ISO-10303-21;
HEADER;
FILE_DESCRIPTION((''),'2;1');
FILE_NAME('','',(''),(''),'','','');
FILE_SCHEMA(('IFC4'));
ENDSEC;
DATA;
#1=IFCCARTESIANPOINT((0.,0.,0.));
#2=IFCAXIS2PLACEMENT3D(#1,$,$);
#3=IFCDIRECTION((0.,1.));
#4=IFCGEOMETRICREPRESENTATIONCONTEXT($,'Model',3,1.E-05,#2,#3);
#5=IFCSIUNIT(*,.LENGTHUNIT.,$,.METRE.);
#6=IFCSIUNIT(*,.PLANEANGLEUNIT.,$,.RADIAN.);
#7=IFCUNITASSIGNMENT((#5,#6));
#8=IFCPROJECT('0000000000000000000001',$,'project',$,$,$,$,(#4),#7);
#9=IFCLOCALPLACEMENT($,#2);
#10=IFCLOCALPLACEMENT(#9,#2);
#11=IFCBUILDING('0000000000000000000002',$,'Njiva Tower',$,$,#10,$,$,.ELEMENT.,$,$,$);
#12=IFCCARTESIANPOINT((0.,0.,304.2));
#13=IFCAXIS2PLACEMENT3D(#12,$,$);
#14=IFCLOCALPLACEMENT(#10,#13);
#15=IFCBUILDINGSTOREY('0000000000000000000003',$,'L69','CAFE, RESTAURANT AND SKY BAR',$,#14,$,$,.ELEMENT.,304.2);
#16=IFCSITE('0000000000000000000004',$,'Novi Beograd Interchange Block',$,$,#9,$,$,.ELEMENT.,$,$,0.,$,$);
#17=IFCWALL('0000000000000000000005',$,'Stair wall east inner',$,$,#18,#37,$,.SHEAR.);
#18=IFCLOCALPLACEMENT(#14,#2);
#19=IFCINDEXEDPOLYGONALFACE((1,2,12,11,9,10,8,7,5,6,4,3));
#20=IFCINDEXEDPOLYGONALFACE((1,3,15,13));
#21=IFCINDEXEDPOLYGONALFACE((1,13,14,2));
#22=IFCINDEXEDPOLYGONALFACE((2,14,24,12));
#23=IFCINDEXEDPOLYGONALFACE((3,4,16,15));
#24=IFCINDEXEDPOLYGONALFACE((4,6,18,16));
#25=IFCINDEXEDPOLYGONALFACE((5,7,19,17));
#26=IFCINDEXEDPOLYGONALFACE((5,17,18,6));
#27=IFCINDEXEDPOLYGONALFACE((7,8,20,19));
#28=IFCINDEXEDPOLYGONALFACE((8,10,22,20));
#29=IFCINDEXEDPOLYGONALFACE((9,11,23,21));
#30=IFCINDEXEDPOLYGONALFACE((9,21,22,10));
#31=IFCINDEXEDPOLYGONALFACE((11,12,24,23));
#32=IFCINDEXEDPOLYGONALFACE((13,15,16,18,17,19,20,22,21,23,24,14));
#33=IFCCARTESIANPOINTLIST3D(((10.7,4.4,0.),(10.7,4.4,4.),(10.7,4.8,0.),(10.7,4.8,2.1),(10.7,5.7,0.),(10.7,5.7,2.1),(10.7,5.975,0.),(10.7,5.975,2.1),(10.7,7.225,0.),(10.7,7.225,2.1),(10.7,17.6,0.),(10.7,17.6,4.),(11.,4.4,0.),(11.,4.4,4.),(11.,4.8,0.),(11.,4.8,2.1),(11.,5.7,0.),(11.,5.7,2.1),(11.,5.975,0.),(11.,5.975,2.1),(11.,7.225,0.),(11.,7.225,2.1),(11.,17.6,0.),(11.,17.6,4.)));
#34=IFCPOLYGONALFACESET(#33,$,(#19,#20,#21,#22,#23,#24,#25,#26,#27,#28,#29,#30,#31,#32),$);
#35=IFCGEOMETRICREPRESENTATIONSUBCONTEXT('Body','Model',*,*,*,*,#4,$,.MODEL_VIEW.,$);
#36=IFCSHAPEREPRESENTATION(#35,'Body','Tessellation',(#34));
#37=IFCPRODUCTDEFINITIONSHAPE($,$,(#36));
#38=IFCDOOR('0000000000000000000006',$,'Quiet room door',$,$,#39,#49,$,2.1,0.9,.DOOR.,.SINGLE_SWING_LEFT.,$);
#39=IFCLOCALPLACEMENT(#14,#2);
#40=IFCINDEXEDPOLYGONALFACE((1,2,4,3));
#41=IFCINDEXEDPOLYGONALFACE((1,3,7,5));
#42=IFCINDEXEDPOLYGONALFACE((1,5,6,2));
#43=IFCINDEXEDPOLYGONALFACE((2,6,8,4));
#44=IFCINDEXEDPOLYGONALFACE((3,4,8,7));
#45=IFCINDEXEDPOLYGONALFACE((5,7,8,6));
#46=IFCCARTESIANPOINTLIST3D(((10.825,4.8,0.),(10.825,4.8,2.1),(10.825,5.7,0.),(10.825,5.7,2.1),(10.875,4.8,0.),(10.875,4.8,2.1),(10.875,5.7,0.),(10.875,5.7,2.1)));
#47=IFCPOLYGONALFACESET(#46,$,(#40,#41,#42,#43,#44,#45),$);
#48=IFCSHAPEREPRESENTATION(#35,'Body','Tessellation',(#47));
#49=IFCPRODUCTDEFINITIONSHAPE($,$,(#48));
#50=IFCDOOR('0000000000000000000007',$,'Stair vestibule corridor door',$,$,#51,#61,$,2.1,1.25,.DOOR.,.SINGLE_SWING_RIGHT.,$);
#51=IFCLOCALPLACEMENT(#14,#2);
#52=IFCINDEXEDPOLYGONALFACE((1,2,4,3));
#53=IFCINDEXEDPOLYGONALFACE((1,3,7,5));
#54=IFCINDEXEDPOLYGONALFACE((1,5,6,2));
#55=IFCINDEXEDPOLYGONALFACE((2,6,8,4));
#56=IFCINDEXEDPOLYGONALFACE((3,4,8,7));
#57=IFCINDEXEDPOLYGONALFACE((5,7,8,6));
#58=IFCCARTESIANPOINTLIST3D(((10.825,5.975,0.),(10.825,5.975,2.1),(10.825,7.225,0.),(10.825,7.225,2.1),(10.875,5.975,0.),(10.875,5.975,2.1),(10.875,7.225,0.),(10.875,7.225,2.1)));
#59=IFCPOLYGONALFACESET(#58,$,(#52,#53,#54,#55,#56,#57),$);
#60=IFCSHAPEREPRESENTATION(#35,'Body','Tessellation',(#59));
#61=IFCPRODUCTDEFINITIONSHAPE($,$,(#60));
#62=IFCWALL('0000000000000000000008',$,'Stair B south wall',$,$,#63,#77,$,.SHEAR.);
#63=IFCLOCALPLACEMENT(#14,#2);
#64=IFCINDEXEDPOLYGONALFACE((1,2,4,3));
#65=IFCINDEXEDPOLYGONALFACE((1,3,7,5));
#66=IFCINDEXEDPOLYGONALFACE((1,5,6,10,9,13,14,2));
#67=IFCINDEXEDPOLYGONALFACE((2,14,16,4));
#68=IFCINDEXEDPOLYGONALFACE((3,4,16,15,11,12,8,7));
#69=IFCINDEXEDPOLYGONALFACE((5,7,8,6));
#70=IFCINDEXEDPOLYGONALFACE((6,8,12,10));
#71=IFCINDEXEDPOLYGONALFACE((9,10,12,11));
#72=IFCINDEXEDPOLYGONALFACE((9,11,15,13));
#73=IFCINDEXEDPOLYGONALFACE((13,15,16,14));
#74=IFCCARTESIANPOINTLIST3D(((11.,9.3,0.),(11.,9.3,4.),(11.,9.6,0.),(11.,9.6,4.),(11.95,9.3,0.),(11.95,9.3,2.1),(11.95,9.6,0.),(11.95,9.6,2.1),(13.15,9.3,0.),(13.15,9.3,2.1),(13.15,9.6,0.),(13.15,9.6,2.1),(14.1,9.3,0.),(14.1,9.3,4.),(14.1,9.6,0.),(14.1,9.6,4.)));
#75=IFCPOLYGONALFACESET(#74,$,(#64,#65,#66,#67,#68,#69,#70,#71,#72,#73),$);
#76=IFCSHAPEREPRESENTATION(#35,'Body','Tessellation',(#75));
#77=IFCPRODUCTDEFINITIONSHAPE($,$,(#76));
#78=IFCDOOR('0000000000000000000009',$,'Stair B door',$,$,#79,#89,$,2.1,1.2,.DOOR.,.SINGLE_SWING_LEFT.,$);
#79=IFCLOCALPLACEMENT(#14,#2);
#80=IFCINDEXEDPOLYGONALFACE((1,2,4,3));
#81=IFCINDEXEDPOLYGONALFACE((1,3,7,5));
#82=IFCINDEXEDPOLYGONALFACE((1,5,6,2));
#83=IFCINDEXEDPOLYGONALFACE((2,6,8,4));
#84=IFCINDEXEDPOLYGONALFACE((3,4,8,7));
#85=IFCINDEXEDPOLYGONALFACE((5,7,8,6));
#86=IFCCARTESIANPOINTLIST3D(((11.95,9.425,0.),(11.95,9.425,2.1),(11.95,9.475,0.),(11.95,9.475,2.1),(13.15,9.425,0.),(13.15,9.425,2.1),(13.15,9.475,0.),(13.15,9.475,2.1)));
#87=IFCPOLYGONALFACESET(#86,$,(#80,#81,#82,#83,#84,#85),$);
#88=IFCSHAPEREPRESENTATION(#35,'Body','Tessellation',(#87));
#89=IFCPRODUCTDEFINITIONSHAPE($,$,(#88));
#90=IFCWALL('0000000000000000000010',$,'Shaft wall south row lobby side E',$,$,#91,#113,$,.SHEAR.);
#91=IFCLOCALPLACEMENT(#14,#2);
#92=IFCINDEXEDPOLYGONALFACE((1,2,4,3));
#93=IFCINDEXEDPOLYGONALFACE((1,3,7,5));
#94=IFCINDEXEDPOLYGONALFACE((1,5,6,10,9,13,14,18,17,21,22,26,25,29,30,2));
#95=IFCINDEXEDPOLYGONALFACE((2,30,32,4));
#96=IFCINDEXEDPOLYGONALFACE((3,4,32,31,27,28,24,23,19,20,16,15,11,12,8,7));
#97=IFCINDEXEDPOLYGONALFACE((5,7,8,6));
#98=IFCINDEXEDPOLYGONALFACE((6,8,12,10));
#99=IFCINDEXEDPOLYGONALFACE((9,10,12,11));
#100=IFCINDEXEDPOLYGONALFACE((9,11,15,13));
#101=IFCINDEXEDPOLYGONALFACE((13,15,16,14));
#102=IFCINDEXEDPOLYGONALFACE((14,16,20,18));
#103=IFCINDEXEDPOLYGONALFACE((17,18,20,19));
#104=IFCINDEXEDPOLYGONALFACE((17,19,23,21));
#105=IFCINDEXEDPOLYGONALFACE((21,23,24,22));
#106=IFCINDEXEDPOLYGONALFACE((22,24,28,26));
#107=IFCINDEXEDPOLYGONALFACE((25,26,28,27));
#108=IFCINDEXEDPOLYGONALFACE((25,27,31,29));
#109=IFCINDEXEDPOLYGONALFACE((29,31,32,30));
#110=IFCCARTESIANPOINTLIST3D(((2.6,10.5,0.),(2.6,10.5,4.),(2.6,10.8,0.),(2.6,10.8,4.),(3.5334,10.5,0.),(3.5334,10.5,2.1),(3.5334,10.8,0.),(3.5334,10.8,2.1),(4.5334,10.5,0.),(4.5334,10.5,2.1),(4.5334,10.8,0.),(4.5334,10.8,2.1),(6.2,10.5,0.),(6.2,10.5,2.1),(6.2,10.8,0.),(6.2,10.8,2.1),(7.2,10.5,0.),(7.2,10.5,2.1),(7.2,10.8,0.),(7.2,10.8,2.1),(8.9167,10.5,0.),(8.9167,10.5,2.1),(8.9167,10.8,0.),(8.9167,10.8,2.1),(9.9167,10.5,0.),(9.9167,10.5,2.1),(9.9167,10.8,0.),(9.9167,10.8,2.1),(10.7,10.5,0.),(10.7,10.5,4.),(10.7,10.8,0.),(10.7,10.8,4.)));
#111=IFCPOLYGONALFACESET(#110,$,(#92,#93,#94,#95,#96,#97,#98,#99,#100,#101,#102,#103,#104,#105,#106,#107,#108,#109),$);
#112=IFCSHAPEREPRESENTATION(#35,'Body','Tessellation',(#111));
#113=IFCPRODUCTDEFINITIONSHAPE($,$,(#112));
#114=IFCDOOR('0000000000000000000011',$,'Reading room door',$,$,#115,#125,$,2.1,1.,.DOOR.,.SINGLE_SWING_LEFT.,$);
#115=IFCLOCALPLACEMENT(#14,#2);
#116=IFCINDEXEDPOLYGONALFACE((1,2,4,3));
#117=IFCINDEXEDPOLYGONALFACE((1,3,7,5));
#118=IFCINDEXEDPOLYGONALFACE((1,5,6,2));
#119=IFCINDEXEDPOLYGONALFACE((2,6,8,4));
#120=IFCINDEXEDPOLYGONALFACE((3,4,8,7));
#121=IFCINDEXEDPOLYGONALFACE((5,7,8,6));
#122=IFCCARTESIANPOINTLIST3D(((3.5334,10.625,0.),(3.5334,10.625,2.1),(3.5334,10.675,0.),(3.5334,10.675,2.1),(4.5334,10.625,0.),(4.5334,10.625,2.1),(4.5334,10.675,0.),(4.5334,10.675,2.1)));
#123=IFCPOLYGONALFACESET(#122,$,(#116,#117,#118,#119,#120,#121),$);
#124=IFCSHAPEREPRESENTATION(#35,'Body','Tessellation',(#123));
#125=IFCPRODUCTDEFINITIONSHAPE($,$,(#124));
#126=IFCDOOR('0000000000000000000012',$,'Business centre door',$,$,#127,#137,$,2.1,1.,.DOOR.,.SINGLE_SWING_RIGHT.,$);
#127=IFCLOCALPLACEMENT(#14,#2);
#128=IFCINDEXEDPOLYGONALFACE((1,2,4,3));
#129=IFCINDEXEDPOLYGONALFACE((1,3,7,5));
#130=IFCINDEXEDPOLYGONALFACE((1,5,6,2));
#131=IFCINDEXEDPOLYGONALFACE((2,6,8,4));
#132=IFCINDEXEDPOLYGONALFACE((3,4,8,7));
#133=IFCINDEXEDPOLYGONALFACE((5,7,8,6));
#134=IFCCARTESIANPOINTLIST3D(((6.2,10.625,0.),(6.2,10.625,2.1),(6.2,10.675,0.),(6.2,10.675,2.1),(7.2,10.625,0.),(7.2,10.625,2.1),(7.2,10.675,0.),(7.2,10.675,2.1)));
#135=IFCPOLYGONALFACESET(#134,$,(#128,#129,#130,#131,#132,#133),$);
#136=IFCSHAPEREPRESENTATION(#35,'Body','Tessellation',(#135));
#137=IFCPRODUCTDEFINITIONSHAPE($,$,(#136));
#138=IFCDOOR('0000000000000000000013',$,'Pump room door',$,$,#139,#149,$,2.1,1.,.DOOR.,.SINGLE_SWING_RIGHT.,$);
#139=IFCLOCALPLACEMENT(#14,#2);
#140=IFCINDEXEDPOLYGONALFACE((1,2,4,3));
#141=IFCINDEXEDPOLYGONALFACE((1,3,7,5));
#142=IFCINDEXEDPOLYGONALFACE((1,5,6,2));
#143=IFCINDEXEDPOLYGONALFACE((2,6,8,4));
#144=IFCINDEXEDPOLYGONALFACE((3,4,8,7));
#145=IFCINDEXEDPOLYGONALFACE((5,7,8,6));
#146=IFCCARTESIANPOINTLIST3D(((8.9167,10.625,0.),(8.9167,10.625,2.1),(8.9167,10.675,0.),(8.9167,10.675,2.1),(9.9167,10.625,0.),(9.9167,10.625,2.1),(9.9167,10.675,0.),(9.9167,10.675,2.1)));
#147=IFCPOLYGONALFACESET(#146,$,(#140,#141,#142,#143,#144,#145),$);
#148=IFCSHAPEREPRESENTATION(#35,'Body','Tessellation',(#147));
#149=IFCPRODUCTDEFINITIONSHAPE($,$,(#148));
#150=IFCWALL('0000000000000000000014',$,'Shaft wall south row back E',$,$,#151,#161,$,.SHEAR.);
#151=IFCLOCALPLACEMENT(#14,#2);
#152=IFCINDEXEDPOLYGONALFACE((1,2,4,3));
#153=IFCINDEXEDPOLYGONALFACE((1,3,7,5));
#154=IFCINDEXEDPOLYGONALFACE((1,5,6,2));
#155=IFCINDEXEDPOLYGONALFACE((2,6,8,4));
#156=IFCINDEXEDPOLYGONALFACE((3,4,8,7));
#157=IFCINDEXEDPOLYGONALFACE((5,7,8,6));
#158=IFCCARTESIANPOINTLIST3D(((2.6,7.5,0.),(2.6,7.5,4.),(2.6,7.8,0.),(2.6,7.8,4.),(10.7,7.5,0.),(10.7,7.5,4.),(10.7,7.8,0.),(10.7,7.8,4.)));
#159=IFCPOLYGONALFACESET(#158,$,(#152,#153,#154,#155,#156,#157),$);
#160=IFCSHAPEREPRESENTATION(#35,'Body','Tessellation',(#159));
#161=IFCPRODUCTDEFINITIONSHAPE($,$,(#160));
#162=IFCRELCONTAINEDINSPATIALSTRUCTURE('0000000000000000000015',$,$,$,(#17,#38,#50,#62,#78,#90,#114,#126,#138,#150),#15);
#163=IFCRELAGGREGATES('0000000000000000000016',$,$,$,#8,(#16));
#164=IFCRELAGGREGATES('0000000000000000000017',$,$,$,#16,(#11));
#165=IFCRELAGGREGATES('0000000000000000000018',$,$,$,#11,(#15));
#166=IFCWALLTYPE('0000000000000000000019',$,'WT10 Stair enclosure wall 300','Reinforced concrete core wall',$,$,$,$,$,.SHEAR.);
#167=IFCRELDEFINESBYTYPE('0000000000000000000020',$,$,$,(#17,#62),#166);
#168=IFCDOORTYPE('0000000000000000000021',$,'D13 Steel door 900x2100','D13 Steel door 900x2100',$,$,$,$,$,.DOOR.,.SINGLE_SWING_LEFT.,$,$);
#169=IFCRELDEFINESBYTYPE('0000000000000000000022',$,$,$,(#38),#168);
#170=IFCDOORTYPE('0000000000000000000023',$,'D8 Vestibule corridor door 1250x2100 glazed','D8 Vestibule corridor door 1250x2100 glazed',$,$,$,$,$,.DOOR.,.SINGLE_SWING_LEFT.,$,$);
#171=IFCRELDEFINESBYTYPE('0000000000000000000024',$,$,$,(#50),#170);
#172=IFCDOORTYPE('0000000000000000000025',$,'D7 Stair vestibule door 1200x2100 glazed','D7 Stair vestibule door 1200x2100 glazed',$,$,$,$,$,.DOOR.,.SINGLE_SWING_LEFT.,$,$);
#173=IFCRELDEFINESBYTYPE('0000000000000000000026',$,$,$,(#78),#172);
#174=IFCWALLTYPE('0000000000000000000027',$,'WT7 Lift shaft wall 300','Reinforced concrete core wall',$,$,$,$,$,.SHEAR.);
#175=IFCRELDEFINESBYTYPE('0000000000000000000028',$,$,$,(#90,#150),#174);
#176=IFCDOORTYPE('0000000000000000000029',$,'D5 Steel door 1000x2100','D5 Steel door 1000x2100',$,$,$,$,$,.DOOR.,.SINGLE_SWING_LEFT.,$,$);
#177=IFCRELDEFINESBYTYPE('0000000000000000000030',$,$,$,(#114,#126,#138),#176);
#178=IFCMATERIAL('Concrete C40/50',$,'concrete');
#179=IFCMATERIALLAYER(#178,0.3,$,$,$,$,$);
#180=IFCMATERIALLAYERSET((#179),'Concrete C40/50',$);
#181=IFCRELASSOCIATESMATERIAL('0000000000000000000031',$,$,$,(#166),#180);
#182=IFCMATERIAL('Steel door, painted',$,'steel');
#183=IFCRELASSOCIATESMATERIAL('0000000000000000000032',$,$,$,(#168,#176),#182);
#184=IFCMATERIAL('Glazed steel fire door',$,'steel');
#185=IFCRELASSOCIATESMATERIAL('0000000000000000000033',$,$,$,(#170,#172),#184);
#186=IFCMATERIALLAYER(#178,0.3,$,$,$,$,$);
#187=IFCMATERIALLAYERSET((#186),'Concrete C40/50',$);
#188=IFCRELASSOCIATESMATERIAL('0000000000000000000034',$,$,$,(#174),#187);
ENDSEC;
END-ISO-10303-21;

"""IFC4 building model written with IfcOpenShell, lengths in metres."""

from ifc_helpers import new_model, si_unit, direction, frame, frame_2d, origin, place, context, subcontext, project, spatial, rectangle, extrude, material, layer, layer_set, type_object, element, fill, save


model = new_model("IFC4")

# Units and contexts
model_context = context("Model", 3, precision=1e-05, world=origin(), true_north=direction((0.0, 1.0)))
body_context = subcontext(model_context, "Body", "Model", "MODEL_VIEW")
ifc_project = project(units=[si_unit("LENGTHUNIT", "METRE"), si_unit("PLANEANGLEUNIT", "RADIAN")], contexts=[model_context])

# Site, building, storey
site_placement = place(None, origin())
site = spatial("IfcSite", under=ifc_project, at=site_placement, Name="Novi Beograd Interchange Block", CompositionType="ELEMENT", RefElevation=0.0)
building_placement = place(site_placement, origin())
building = spatial("IfcBuilding", under=site, at=building_placement, Name="Njiva Tower", CompositionType="ELEMENT")
storey_placement = place(building_placement, frame((0.0, 0.0, 304.2)))
storey = spatial("IfcBuildingStorey", under=building, at=storey_placement, Name="L69", Description="CAFE, RESTAURANT AND SKY BAR", CompositionType="ELEMENT", Elevation=304.2)

# Wall, openings, doors
ifc_material_1 = material(Name="Concrete C40/50", Category="concrete")
ifc_layer_1 = layer(ifc_material_1, 0.3)
ifc_layer_set_1 = layer_set([ifc_layer_1], Name="Concrete C40/50")
wall_type_1 = type_object("IfcWallType", Name="WT10 Stair enclosure wall 300", Description="Reinforced concrete core wall", PredefinedType="SHEAR", material=ifc_layer_set_1)
wall_1_placement = place(storey_placement, frame((10.85, 4.4, 0.0), z_axis=(0.0, 0.0, 1.0), x_axis=(0.0, 1.0, 0.0)))
wall_1 = element("IfcWall", 1, at=wall_1_placement, inside=storey, type_object=wall_type_1, Name="Stair wall east inner", PredefinedType="SHEAR", context=body_context, shape_type="SweptSolid", body=[
    extrude(rectangle(XDim=13.2, YDim=0.3, at=frame_2d((6.6, 0.0))), origin(), (0.0, 0.0, 1.0), 4.0),
])
opening_1_placement = place(wall_1_placement, frame((1.575, 0.0, 0.0)))
opening_1 = element("IfcOpeningElement", 2, at=opening_1_placement, cuts=wall_1, PredefinedType="OPENING", context=body_context, shape_type="SweptSolid", body=[
    extrude(rectangle(XDim=1.25, YDim=2.1, at=frame_2d((0.625, 1.05))), frame((0.0, 0.16, 0.0), z_axis=(0.0, -1.0, 0.0), x_axis=(1.0, 0.0, 0.0)), (0.0, 0.0, 1.0), 0.32),
])
opening_2_placement = place(wall_1_placement, frame((0.4, 0.0, 0.0)))
opening_2 = element("IfcOpeningElement", 3, at=opening_2_placement, cuts=wall_1, PredefinedType="OPENING", context=body_context, shape_type="SweptSolid", body=[
    extrude(rectangle(XDim=0.9, YDim=2.1, at=frame_2d((0.45, 1.05))), frame((0.0, 0.16, 0.0), z_axis=(0.0, -1.0, 0.0), x_axis=(1.0, 0.0, 0.0)), (0.0, 0.0, 1.0), 0.32),
])
ifc_material_2 = material(Name="Steel door, painted", Category="steel")
door_type_1 = type_object("IfcDoorType", Name="D13 Steel door 900x2100", Description="D13 Steel door 900x2100", OperationType="SINGLE_SWING_LEFT", PredefinedType="DOOR", material=ifc_material_2)
door_1_placement = place(opening_2_placement, origin())
door_1 = element("IfcDoor", 4, at=door_1_placement, inside=storey, type_object=door_type_1, Name="Quiet room door", OperationType="SINGLE_SWING_LEFT", OverallHeight=2.1, OverallWidth=0.9, PredefinedType="DOOR", context=body_context, shape_type="SweptSolid", body=[
    extrude(rectangle(XDim=0.9, YDim=2.1, at=frame_2d((0.45, 1.05))), frame((0.0, 0.025, 0.0), z_axis=(0.0, -1.0, 0.0), x_axis=(1.0, 0.0, 0.0)), (0.0, 0.0, 1.0), 0.05),
])
fill(opening_2, door_1)
ifc_material_3 = material(Name="Glazed steel fire door", Category="steel")
door_type_2 = type_object("IfcDoorType", Name="D8 Vestibule corridor door 1250x2100 glazed", Description="D8 Vestibule corridor door 1250x2100 glazed", OperationType="SINGLE_SWING_LEFT", PredefinedType="DOOR", material=ifc_material_3)
door_2_placement = place(opening_1_placement, origin())
door_2 = element("IfcDoor", 5, at=door_2_placement, inside=storey, type_object=door_type_2, Name="Stair vestibule corridor door", OperationType="SINGLE_SWING_RIGHT", OverallHeight=2.1, OverallWidth=1.25, PredefinedType="DOOR", context=body_context, shape_type="SweptSolid", body=[
    extrude(rectangle(XDim=1.25, YDim=2.1, at=frame_2d((0.625, 1.05))), frame((0.0, 0.025, 0.0), z_axis=(0.0, -1.0, 0.0), x_axis=(1.0, 0.0, 0.0)), (0.0, 0.0, 1.0), 0.05),
])
fill(opening_1, door_2)

# Wall, opening, door
wall_2_placement = place(storey_placement, frame((11.0, 9.45, 0.0), z_axis=(0.0, 0.0, 1.0), x_axis=(1.0, 0.0, 0.0)))
wall_2 = element("IfcWall", 6, at=wall_2_placement, inside=storey, type_object=wall_type_1, Name="Stair B south wall", PredefinedType="SHEAR", context=body_context, shape_type="SweptSolid", body=[
    extrude(rectangle(XDim=3.1, YDim=0.3, at=frame_2d((1.55, 0.0))), origin(), (0.0, 0.0, 1.0), 4.0),
])
opening_3_placement = place(wall_2_placement, frame((0.95, 0.0, 0.0)))
opening_3 = element("IfcOpeningElement", 7, at=opening_3_placement, cuts=wall_2, PredefinedType="OPENING", context=body_context, shape_type="SweptSolid", body=[
    extrude(rectangle(XDim=1.2, YDim=2.1, at=frame_2d((0.6, 1.05))), frame((0.0, 0.16, 0.0), z_axis=(0.0, -1.0, 0.0), x_axis=(1.0, 0.0, 0.0)), (0.0, 0.0, 1.0), 0.32),
])
door_type_3 = type_object("IfcDoorType", Name="D7 Stair vestibule door 1200x2100 glazed", Description="D7 Stair vestibule door 1200x2100 glazed", OperationType="SINGLE_SWING_LEFT", PredefinedType="DOOR", material=ifc_material_3)
door_3_placement = place(opening_3_placement, origin())
door_3 = element("IfcDoor", 8, at=door_3_placement, inside=storey, type_object=door_type_3, Name="Stair B door", OperationType="SINGLE_SWING_LEFT", OverallHeight=2.1, OverallWidth=1.2, PredefinedType="DOOR", context=body_context, shape_type="SweptSolid", body=[
    extrude(rectangle(XDim=1.2, YDim=2.1, at=frame_2d((0.6, 1.05))), frame((0.0, 0.025, 0.0), z_axis=(0.0, -1.0, 0.0), x_axis=(1.0, 0.0, 0.0)), (0.0, 0.0, 1.0), 0.05),
])
fill(opening_3, door_3)

# Wall, openings, doors
ifc_layer_2 = layer(ifc_material_1, 0.3)
ifc_layer_set_2 = layer_set([ifc_layer_2], Name="Concrete C40/50")
wall_type_2 = type_object("IfcWallType", Name="WT7 Lift shaft wall 300", Description="Reinforced concrete core wall", PredefinedType="SHEAR", material=ifc_layer_set_2)
wall_3_placement = place(storey_placement, frame((2.6, 10.65, 0.0), z_axis=(0.0, 0.0, 1.0), x_axis=(1.0, 0.0, 0.0)))
wall_3 = element("IfcWall", 9, at=wall_3_placement, inside=storey, type_object=wall_type_2, Name="Shaft wall south row lobby side E", PredefinedType="SHEAR", context=body_context, shape_type="SweptSolid", body=[
    extrude(rectangle(XDim=8.1, YDim=0.3, at=frame_2d((4.05, 0.0))), origin(), (0.0, 0.0, 1.0), 4.0),
])
opening_4_placement = place(wall_3_placement, frame((0.9334, 0.0, 0.0)))
opening_4 = element("IfcOpeningElement", 10, at=opening_4_placement, cuts=wall_3, PredefinedType="OPENING", context=body_context, shape_type="SweptSolid", body=[
    extrude(rectangle(XDim=1.0, YDim=2.1, at=frame_2d((0.5, 1.05))), frame((0.0, 0.16, 0.0), z_axis=(0.0, -1.0, 0.0), x_axis=(1.0, 0.0, 0.0)), (0.0, 0.0, 1.0), 0.32),
])
opening_5_placement = place(wall_3_placement, frame((3.6, 0.0, 0.0)))
opening_5 = element("IfcOpeningElement", 11, at=opening_5_placement, cuts=wall_3, PredefinedType="OPENING", context=body_context, shape_type="SweptSolid", body=[
    extrude(rectangle(XDim=1.0, YDim=2.1, at=frame_2d((0.5, 1.05))), frame((0.0, 0.16, 0.0), z_axis=(0.0, -1.0, 0.0), x_axis=(1.0, 0.0, 0.0)), (0.0, 0.0, 1.0), 0.32),
])
opening_6_placement = place(wall_3_placement, frame((6.3167, 0.0, 0.0)))
opening_6 = element("IfcOpeningElement", 12, at=opening_6_placement, cuts=wall_3, PredefinedType="OPENING", context=body_context, shape_type="SweptSolid", body=[
    extrude(rectangle(XDim=1.0, YDim=2.1, at=frame_2d((0.5, 1.05))), frame((0.0, 0.16, 0.0), z_axis=(0.0, -1.0, 0.0), x_axis=(1.0, 0.0, 0.0)), (0.0, 0.0, 1.0), 0.32),
])
door_type_4 = type_object("IfcDoorType", Name="D5 Steel door 1000x2100", Description="D5 Steel door 1000x2100", OperationType="SINGLE_SWING_LEFT", PredefinedType="DOOR", material=ifc_material_2)
door_4_placement = place(opening_4_placement, origin())
door_4 = element("IfcDoor", 13, at=door_4_placement, inside=storey, type_object=door_type_4, Name="Reading room door", OperationType="SINGLE_SWING_LEFT", OverallHeight=2.1, OverallWidth=1.0, PredefinedType="DOOR", context=body_context, shape_type="SweptSolid", body=[
    extrude(rectangle(XDim=1.0, YDim=2.1, at=frame_2d((0.5, 1.05))), frame((0.0, 0.025, 0.0), z_axis=(0.0, -1.0, 0.0), x_axis=(1.0, 0.0, 0.0)), (0.0, 0.0, 1.0), 0.05),
])
fill(opening_4, door_4)
door_5_placement = place(opening_5_placement, origin())
door_5 = element("IfcDoor", 14, at=door_5_placement, inside=storey, type_object=door_type_4, Name="Business centre door", OperationType="SINGLE_SWING_RIGHT", OverallHeight=2.1, OverallWidth=1.0, PredefinedType="DOOR", context=body_context, shape_type="SweptSolid", body=[
    extrude(rectangle(XDim=1.0, YDim=2.1, at=frame_2d((0.5, 1.05))), frame((0.0, 0.025, 0.0), z_axis=(0.0, -1.0, 0.0), x_axis=(1.0, 0.0, 0.0)), (0.0, 0.0, 1.0), 0.05),
])
fill(opening_5, door_5)
door_6_placement = place(opening_6_placement, origin())
door_6 = element("IfcDoor", 15, at=door_6_placement, inside=storey, type_object=door_type_4, Name="Pump room door", OperationType="SINGLE_SWING_RIGHT", OverallHeight=2.1, OverallWidth=1.0, PredefinedType="DOOR", context=body_context, shape_type="SweptSolid", body=[
    extrude(rectangle(XDim=1.0, YDim=2.1, at=frame_2d((0.5, 1.05))), frame((0.0, 0.025, 0.0), z_axis=(0.0, -1.0, 0.0), x_axis=(1.0, 0.0, 0.0)), (0.0, 0.0, 1.0), 0.05),
])
fill(opening_6, door_6)

# Wall
wall_4_placement = place(storey_placement, frame((2.6, 7.65, 0.0), z_axis=(0.0, 0.0, 1.0), x_axis=(1.0, 0.0, 0.0)))
element("IfcWall", 16, at=wall_4_placement, inside=storey, type_object=wall_type_2, Name="Shaft wall south row back E", PredefinedType="SHEAR", context=body_context, shape_type="SweptSolid", body=[
    extrude(rectangle(XDim=8.1, YDim=0.3, at=frame_2d((4.05, 0.0))), origin(), (0.0, 0.0, 1.0), 4.0),
])

save(model, "model.ifc")
